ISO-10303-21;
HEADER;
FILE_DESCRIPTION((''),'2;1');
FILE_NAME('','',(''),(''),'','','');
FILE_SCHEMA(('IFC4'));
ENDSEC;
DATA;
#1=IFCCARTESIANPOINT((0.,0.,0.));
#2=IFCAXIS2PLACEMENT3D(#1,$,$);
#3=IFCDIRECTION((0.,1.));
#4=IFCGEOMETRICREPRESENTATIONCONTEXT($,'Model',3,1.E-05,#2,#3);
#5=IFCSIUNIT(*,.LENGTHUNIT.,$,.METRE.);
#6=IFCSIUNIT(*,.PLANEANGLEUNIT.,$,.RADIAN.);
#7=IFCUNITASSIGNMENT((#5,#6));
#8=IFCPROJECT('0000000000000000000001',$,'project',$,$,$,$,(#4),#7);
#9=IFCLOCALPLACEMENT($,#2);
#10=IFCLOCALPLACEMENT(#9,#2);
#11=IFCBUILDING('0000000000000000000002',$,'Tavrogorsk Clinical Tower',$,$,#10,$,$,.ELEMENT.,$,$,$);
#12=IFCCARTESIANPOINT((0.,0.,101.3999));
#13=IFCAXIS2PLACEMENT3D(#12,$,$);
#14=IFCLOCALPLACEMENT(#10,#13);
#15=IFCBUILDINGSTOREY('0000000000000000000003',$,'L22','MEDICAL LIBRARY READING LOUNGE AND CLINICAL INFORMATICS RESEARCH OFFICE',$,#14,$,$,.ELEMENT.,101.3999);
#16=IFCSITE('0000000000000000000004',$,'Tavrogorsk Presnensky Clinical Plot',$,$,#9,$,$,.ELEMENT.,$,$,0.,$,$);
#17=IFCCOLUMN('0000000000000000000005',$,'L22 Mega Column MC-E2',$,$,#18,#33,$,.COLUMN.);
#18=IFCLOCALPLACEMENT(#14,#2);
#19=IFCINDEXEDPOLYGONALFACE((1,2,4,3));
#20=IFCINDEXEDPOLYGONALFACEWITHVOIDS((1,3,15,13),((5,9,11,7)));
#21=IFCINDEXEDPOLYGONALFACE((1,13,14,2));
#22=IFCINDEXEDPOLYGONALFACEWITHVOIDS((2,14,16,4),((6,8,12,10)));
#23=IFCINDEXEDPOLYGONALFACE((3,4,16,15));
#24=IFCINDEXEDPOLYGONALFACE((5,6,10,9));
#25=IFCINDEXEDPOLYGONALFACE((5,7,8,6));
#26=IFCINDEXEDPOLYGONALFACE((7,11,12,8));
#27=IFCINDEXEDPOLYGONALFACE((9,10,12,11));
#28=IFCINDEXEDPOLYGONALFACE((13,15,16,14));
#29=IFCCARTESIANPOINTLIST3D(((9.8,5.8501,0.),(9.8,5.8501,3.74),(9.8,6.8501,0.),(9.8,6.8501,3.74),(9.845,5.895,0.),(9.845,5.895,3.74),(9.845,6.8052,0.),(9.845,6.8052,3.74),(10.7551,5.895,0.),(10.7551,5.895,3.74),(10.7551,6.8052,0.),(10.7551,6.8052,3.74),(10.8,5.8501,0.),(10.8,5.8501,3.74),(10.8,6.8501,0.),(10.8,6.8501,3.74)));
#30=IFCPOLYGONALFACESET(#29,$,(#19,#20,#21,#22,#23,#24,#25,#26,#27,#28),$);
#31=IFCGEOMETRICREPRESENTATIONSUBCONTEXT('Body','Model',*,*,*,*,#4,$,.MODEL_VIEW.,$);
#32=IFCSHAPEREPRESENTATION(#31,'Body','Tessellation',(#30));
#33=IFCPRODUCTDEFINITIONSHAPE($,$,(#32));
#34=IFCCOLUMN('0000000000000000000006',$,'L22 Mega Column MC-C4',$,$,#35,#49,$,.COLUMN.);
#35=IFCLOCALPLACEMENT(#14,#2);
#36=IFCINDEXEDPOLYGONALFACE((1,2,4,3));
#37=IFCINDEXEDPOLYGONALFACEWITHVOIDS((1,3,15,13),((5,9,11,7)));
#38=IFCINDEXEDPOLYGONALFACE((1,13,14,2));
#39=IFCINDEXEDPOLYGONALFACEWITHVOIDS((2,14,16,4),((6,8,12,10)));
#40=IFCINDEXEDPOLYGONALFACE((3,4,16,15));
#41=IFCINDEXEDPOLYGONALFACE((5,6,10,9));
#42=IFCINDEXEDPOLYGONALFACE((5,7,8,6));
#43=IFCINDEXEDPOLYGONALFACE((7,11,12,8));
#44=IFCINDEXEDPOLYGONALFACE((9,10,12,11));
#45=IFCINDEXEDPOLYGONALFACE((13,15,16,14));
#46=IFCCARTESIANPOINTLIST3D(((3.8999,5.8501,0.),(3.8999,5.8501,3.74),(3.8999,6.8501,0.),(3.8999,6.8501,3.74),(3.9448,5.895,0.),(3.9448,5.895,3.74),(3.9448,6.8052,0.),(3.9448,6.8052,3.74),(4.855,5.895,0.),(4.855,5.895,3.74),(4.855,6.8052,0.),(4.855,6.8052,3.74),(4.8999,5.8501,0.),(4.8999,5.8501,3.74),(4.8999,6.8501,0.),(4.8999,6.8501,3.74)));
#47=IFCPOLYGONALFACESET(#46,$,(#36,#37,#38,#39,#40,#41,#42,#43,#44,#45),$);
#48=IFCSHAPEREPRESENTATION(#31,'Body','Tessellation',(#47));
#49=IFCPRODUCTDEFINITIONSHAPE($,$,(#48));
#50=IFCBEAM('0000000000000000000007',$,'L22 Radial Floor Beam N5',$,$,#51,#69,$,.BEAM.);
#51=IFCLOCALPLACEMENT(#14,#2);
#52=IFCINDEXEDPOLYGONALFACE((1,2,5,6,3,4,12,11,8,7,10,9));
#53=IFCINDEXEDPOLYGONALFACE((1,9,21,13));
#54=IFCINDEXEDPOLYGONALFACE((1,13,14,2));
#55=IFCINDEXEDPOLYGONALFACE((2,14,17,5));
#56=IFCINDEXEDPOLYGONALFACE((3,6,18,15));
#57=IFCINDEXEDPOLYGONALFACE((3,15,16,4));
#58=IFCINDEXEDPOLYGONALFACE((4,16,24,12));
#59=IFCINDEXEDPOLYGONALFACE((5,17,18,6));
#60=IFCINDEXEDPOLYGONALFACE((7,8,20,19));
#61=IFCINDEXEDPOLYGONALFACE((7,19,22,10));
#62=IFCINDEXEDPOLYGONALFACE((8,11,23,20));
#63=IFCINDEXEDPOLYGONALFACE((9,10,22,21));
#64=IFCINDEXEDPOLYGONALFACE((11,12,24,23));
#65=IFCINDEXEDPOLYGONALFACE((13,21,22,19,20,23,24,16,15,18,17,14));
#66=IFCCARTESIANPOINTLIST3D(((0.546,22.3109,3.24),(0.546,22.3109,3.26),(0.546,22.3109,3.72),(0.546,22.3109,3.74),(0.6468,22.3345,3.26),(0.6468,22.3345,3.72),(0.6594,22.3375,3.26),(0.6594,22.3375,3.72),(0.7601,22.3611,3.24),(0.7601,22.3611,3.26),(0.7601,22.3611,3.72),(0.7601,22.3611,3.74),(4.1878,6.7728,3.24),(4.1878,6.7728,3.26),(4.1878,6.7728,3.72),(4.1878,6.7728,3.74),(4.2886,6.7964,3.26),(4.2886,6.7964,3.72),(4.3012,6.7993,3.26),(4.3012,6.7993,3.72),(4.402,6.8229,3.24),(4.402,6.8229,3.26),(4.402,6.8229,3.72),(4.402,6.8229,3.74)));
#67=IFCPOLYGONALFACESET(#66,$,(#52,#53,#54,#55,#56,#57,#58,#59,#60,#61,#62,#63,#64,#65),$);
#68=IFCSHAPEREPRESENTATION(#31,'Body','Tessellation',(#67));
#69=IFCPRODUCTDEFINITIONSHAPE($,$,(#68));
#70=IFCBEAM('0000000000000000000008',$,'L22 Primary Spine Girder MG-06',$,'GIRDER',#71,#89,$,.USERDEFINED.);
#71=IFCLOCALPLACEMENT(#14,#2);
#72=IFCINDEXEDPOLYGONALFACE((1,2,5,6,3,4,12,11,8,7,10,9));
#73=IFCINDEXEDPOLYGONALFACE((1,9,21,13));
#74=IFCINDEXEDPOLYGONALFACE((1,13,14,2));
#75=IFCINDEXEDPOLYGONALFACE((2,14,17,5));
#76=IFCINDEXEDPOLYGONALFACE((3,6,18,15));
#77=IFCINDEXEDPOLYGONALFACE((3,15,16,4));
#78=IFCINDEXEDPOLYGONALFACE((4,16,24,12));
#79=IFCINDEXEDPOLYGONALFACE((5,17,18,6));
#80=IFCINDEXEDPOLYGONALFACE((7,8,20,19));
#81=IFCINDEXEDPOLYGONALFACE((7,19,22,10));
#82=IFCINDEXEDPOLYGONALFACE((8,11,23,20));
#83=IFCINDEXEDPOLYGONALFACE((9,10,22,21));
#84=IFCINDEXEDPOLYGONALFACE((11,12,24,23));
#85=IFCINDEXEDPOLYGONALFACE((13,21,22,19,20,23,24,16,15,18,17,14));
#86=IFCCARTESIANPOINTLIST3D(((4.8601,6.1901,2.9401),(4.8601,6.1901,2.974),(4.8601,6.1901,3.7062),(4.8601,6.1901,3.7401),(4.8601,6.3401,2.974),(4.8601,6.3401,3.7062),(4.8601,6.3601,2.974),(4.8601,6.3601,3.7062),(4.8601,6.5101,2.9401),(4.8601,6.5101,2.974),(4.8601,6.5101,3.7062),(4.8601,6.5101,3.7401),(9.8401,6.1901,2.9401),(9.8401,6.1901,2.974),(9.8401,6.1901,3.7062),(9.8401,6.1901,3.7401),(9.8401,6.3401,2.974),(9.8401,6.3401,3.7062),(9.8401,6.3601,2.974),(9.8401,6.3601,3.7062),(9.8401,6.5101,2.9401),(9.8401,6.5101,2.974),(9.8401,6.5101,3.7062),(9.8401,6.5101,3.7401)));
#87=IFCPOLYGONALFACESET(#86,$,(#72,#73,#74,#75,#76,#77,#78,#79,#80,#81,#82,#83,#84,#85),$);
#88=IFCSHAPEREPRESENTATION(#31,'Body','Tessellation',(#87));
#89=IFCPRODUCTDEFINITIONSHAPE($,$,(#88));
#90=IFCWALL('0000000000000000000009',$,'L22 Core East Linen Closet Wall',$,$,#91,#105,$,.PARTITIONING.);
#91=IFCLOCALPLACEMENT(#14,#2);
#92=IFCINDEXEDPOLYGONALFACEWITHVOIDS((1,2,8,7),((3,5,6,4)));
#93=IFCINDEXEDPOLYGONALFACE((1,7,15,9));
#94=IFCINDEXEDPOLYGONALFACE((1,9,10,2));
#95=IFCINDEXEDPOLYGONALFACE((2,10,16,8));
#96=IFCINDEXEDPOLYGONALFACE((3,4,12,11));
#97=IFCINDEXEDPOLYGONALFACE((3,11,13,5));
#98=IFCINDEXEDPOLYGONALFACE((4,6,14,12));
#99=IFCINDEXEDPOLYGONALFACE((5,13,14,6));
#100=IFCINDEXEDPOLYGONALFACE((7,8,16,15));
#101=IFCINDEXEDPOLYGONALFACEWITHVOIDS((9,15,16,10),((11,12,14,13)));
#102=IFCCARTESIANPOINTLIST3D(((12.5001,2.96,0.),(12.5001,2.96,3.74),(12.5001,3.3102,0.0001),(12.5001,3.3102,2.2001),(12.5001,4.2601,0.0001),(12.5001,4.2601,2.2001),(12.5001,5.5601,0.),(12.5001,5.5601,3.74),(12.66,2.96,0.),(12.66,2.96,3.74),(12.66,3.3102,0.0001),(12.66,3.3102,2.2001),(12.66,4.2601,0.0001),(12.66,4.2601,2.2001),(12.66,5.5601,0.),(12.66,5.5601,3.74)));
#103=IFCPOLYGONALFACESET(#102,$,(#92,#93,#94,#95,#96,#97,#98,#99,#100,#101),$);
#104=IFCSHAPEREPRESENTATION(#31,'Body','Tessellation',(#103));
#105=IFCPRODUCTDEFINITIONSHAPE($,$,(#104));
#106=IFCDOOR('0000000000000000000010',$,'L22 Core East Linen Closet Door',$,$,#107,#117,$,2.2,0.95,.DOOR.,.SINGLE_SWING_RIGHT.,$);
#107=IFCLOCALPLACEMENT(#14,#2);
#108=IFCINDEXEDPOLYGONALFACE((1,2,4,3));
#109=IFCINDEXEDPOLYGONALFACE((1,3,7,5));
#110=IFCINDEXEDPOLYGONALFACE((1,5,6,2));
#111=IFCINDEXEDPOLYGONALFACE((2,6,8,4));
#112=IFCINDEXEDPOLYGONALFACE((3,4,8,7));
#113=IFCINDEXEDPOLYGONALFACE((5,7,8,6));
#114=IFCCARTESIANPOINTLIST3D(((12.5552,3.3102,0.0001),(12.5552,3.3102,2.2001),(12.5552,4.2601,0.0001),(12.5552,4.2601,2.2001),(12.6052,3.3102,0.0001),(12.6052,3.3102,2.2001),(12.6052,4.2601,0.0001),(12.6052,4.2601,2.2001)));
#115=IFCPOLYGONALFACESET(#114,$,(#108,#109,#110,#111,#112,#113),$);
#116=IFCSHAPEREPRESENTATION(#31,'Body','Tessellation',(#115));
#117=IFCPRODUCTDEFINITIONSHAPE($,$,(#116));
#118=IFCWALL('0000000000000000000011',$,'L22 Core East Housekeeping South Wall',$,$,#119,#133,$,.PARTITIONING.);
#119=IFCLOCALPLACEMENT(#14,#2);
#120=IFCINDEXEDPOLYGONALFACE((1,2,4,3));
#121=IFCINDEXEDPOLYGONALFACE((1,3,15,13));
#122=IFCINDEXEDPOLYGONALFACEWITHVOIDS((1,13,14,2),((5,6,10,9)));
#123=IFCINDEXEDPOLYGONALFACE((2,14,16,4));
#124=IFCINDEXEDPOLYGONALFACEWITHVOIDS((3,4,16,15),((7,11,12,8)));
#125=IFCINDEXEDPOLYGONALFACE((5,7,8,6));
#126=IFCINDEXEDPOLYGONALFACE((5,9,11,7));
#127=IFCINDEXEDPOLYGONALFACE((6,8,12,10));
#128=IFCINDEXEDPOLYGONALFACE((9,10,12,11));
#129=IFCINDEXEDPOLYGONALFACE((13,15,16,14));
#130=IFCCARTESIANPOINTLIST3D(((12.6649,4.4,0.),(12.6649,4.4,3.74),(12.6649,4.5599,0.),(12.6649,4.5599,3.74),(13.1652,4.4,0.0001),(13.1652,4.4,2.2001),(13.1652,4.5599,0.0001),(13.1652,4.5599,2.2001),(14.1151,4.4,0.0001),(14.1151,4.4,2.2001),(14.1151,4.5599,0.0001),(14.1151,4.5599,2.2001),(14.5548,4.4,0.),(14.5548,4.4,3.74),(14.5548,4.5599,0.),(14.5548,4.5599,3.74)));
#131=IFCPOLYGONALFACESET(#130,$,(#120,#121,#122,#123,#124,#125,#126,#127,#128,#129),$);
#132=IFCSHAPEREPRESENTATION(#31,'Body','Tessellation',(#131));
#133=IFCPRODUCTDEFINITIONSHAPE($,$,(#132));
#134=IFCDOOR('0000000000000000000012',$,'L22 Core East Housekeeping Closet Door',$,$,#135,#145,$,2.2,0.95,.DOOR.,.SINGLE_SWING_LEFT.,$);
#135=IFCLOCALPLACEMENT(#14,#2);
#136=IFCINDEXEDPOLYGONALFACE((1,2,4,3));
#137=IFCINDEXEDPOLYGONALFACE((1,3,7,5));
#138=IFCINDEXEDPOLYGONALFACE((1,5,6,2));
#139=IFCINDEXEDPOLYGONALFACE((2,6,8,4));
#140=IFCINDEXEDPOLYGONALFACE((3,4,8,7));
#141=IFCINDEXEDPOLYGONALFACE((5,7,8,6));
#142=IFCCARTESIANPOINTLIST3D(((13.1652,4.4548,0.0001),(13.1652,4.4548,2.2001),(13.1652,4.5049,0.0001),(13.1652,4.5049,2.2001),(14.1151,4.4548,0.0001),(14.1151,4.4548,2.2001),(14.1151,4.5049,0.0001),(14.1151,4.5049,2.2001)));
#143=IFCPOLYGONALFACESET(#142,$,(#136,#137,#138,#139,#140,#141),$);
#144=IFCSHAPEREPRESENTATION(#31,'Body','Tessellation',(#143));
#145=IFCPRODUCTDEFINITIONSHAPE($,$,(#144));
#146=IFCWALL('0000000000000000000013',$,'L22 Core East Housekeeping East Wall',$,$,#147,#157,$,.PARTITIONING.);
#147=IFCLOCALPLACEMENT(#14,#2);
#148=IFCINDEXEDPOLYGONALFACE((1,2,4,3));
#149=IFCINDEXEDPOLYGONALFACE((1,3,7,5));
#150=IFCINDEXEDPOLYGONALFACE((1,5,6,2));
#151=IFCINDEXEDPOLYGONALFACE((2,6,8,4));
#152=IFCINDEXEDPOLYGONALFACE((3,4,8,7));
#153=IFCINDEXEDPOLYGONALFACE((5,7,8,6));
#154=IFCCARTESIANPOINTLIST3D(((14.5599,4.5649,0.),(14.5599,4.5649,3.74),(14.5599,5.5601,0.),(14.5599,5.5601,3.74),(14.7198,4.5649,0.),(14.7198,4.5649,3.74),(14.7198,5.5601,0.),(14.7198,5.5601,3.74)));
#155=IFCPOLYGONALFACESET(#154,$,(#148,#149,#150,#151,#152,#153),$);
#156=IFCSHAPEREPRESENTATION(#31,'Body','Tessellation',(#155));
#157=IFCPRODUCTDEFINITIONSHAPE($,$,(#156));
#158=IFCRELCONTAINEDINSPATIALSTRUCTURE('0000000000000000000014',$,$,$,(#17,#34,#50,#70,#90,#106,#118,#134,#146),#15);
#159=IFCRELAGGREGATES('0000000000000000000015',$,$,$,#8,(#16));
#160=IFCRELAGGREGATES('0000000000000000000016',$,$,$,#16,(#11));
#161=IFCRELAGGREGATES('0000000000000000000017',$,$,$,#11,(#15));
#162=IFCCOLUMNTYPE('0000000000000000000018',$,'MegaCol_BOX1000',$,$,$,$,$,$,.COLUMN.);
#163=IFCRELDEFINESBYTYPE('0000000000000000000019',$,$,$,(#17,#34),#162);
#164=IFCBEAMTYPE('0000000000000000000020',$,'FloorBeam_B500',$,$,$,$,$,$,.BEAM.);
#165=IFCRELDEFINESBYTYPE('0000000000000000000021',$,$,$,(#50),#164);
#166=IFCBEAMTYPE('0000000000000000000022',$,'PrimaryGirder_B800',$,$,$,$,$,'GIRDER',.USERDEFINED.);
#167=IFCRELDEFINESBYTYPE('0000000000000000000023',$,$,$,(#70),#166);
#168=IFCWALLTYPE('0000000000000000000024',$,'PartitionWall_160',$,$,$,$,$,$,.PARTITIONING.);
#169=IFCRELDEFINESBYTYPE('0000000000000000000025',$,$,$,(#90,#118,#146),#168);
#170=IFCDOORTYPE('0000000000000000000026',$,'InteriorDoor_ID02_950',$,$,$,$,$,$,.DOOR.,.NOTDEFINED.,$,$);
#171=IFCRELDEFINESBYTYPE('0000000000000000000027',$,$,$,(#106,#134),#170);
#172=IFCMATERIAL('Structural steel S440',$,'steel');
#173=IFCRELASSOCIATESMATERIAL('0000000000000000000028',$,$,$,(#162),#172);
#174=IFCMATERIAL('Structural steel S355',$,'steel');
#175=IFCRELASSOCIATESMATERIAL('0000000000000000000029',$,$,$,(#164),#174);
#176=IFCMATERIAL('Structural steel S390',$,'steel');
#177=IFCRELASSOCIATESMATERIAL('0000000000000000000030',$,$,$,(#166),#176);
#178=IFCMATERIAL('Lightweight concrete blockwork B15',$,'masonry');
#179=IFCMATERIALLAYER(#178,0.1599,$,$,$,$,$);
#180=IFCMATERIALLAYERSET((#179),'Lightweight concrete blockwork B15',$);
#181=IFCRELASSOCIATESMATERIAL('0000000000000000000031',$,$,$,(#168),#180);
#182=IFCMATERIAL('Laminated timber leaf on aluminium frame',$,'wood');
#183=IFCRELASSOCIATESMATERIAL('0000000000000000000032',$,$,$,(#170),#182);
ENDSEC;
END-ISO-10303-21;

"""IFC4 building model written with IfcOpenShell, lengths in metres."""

from ifc_helpers import new_model, si_unit, direction, frame, frame_2d, origin, origin_2d, place, context, subcontext, project, spatial, rectangle, hollow_rectangle, i_section, extrude, material, layer, layer_set, material_profile, profile_set, type_object, element, fill, save


model = new_model("IFC4")

# Units and contexts
model_context = context("Model", 3, precision=1e-05, world=origin(), true_north=direction((0.0, 1.0)))
body_context = subcontext(model_context, "Body", "Model", "MODEL_VIEW")
ifc_project = project(units=[si_unit("LENGTHUNIT", "METRE"), si_unit("PLANEANGLEUNIT", "RADIAN")], contexts=[model_context])

# Site, building, storey
site_placement = place(None, origin())
site = spatial("IfcSite", under=ifc_project, at=site_placement, Name="Tavrogorsk Presnensky Clinical Plot", CompositionType="ELEMENT", RefElevation=0.0)
building_placement = place(site_placement, origin())
building = spatial("IfcBuilding", under=site, at=building_placement, Name="Tavrogorsk Clinical Tower", CompositionType="ELEMENT")
storey_placement = place(building_placement, frame((0.0, 0.0, 101.3999)))
storey = spatial("IfcBuildingStorey", under=building, at=storey_placement, Name="L22", Description="MEDICAL LIBRARY READING LOUNGE AND CLINICAL INFORMATICS RESEARCH OFFICE", CompositionType="ELEMENT", Elevation=101.3999)

# Columns
ifc_material_1 = material(Name="Structural steel S440", Category="steel")
ifc_material_profile_1 = material_profile(ifc_material_1, hollow_rectangle(XDim=1.0, YDim=1.0, WallThickness=0.0449, at=origin_2d()), Name="BOX-1000x1000x45")
ifc_profile_set_1 = profile_set([ifc_material_profile_1], Name="Structural steel S440")
column_type = type_object("IfcColumnType", Name="MegaCol_BOX1000", PredefinedType="COLUMN", material=ifc_profile_set_1)
for number, where, z_axis, x_axis, name in (
    (1, (10.3, 6.3501, 0.0), (0.0, 0.0, 1.0), (1.0, 0.0, 0.0), "L22 Mega Column MC-E2"),
    (2, (4.3999, 6.3501, 0.0), (0.0, 0.0, 1.0), (1.0, 0.0, 0.0), "L22 Mega Column MC-C4"),
):
    element("IfcColumn", number, at=place(storey_placement, frame(where, z_axis=z_axis, x_axis=x_axis)), inside=storey, type_object=column_type, Name=name, PredefinedType="COLUMN", context=body_context, shape_type="SweptSolid", body=[
        extrude(hollow_rectangle(XDim=1.0, YDim=1.0, WallThickness=0.0449, at=origin_2d()), origin(), (0.0, 0.0, 1.0), 3.74),
    ])

# Beams
ifc_material_2 = material(Name="Structural steel S355", Category="steel")
ifc_material_profile_2 = material_profile(ifc_material_2, i_section(OverallWidth=0.22, OverallDepth=0.5, WebThickness=0.0129, FlangeThickness=0.02, at=origin_2d()), Name="B-500x220x13x20")
ifc_profile_set_2 = profile_set([ifc_material_profile_2], Name="Structural steel S355")
beam_type_1 = type_object("IfcBeamType", Name="FloorBeam_B500", PredefinedType="BEAM", material=ifc_profile_set_2)
beam_1_placement = place(storey_placement, frame((4.2949, 6.7979, 3.49), z_axis=(-0.228198, 0.973615, 0.0), x_axis=(-0.973615, -0.228198, 0.0)))
element("IfcBeam", 3, at=beam_1_placement, inside=storey, type_object=beam_type_1, Name="L22 Radial Floor Beam N5", PredefinedType="BEAM", context=body_context, shape_type="SweptSolid", body=[
    extrude(i_section(OverallWidth=0.22, OverallDepth=0.5, WebThickness=0.0129, FlangeThickness=0.02, at=origin_2d()), origin(), (0.0, 0.0, 1.0), 15.9592),
])
ifc_material_3 = material(Name="Structural steel S390", Category="steel")
ifc_material_profile_3 = material_profile(ifc_material_3, i_section(OverallWidth=0.3201, OverallDepth=0.8, WebThickness=0.02, FlangeThickness=0.0339, at=origin_2d()), Name="B-800x320x20x34")
ifc_profile_set_3 = profile_set([ifc_material_profile_3], Name="Structural steel S390")
beam_type_2 = type_object("IfcBeamType", Name="PrimaryGirder_B800", ElementType="GIRDER", PredefinedType="USERDEFINED", material=ifc_profile_set_3)
beam_2_placement = place(storey_placement, frame((4.8601, 6.3501, 3.3401), z_axis=(1.0, 0.0, 0.0), x_axis=(0.0, 1.0, 0.0)))
element("IfcBeam", 4, at=beam_2_placement, inside=storey, type_object=beam_type_2, Name="L22 Primary Spine Girder MG-06", ObjectType="GIRDER", PredefinedType="USERDEFINED", context=body_context, shape_type="SweptSolid", body=[
    extrude(i_section(OverallWidth=0.3201, OverallDepth=0.8, WebThickness=0.02, FlangeThickness=0.0339, at=origin_2d()), origin(), (0.0, 0.0, 1.0), 4.98),
])

# Walls, openings, doors
ifc_material_4 = material(Name="Lightweight concrete blockwork B15", Category="masonry")
ifc_layer_1 = layer(ifc_material_4, 0.1599)
ifc_layer_set_1 = layer_set([ifc_layer_1], Name="Lightweight concrete blockwork B15")
wall_type_1 = type_object("IfcWallType", Name="PartitionWall_160", PredefinedType="PARTITIONING", material=ifc_layer_set_1)
wall_1_placement = place(storey_placement, frame((12.5801, 2.96, 0.0), z_axis=(0.0, 0.0, 1.0), x_axis=(0.0, 1.0, 0.0)))
wall_1 = element("IfcWall", 5, at=wall_1_placement, inside=storey, type_object=wall_type_1, Name="L22 Core East Linen Closet Wall", PredefinedType="PARTITIONING", context=body_context, shape_type="SweptSolid", body=[
    extrude(rectangle(XDim=2.6001, YDim=0.1599, at=frame_2d((1.3, 0.0))), origin(), (0.0, 0.0, 1.0), 3.74),
])
opening_1_placement = place(wall_1_placement, frame((0.3501, 0.0, 0.0)))
opening_1 = element("IfcOpeningElement", 6, at=opening_1_placement, cuts=wall_1, PredefinedType="OPENING", context=body_context, shape_type="SweptSolid", body=[
    extrude(rectangle(XDim=0.95, YDim=2.2, at=frame_2d((0.4751, 1.1001))), frame((0.0, 0.0898, 0.0), z_axis=(0.0, -1.0, 0.0), x_axis=(1.0, 0.0, 0.0)), (0.0, 0.0, 1.0), 0.1799),
])
ifc_material_5 = material(Name="Laminated timber leaf on aluminium frame", Category="wood")
door_type_1 = type_object("IfcDoorType", Name="InteriorDoor_ID02_950", OperationType="NOTDEFINED", PredefinedType="DOOR", material=ifc_material_5)
door_1_placement = place(opening_1_placement, origin())
door_1 = element("IfcDoor", 7, at=door_1_placement, inside=storey, type_object=door_type_1, Name="L22 Core East Linen Closet Door", OperationType="SINGLE_SWING_RIGHT", OverallHeight=2.2, OverallWidth=0.95, PredefinedType="DOOR", context=body_context, shape_type="SweptSolid", body=[
    extrude(rectangle(XDim=0.95, YDim=2.2, at=frame_2d((0.4751, 1.1001))), frame((0.0, 0.0249, 0.0), z_axis=(0.0, -1.0, 0.0), x_axis=(1.0, 0.0, 0.0)), (0.0, 0.0, 1.0), 0.05),
])
fill(opening_1, door_1)
wall_2_placement = place(storey_placement, frame((12.665, 4.48, 0.0), z_axis=(0.0, 0.0, 1.0), x_axis=(1.0, 0.0, 0.0)))
wall_2 = element("IfcWall", 8, at=wall_2_placement, inside=storey, type_object=wall_type_1, Name="L22 Core East Housekeeping South Wall", PredefinedType="PARTITIONING", context=body_context, shape_type="SweptSolid", body=[
    extrude(rectangle(XDim=1.8899, YDim=0.1599, at=frame_2d((0.9448, 0.0))), origin(), (0.0, 0.0, 1.0), 3.74),
])
opening_2_placement = place(wall_2_placement, frame((0.5, 0.0, 0.0)))
opening_2 = element("IfcOpeningElement", 9, at=opening_2_placement, cuts=wall_2, PredefinedType="OPENING", context=body_context, shape_type="SweptSolid", body=[
    extrude(rectangle(XDim=0.95, YDim=2.2, at=frame_2d((0.4751, 1.1001))), frame((0.0, 0.0898, 0.0), z_axis=(0.0, -1.0, 0.0), x_axis=(1.0, 0.0, 0.0)), (0.0, 0.0, 1.0), 0.1799),
])
door_2_placement = place(opening_2_placement, origin())
door_2 = element("IfcDoor", 10, at=door_2_placement, inside=storey, type_object=door_type_1, Name="L22 Core East Housekeeping Closet Door", OperationType="SINGLE_SWING_LEFT", OverallHeight=2.2, OverallWidth=0.95, PredefinedType="DOOR", context=body_context, shape_type="SweptSolid", body=[
    extrude(rectangle(XDim=0.95, YDim=2.2, at=frame_2d((0.4751, 1.1001))), frame((0.0, 0.0249, 0.0), z_axis=(0.0, -1.0, 0.0), x_axis=(1.0, 0.0, 0.0)), (0.0, 0.0, 1.0), 0.05),
])
fill(opening_2, door_2)

# Wall
wall_3_placement = place(storey_placement, frame((14.6399, 4.5649, 0.0), z_axis=(0.0, 0.0, 1.0), x_axis=(0.0, 1.0, 0.0)))
element("IfcWall", 11, at=wall_3_placement, inside=storey, type_object=wall_type_1, Name="L22 Core East Housekeeping East Wall", PredefinedType="PARTITIONING", context=body_context, shape_type="SweptSolid", body=[
    extrude(rectangle(XDim=0.9951, YDim=0.1599, at=frame_2d((0.4976, 0.0))), origin(), (0.0, 0.0, 1.0), 3.74),
])

save(model, "model.ifc")
